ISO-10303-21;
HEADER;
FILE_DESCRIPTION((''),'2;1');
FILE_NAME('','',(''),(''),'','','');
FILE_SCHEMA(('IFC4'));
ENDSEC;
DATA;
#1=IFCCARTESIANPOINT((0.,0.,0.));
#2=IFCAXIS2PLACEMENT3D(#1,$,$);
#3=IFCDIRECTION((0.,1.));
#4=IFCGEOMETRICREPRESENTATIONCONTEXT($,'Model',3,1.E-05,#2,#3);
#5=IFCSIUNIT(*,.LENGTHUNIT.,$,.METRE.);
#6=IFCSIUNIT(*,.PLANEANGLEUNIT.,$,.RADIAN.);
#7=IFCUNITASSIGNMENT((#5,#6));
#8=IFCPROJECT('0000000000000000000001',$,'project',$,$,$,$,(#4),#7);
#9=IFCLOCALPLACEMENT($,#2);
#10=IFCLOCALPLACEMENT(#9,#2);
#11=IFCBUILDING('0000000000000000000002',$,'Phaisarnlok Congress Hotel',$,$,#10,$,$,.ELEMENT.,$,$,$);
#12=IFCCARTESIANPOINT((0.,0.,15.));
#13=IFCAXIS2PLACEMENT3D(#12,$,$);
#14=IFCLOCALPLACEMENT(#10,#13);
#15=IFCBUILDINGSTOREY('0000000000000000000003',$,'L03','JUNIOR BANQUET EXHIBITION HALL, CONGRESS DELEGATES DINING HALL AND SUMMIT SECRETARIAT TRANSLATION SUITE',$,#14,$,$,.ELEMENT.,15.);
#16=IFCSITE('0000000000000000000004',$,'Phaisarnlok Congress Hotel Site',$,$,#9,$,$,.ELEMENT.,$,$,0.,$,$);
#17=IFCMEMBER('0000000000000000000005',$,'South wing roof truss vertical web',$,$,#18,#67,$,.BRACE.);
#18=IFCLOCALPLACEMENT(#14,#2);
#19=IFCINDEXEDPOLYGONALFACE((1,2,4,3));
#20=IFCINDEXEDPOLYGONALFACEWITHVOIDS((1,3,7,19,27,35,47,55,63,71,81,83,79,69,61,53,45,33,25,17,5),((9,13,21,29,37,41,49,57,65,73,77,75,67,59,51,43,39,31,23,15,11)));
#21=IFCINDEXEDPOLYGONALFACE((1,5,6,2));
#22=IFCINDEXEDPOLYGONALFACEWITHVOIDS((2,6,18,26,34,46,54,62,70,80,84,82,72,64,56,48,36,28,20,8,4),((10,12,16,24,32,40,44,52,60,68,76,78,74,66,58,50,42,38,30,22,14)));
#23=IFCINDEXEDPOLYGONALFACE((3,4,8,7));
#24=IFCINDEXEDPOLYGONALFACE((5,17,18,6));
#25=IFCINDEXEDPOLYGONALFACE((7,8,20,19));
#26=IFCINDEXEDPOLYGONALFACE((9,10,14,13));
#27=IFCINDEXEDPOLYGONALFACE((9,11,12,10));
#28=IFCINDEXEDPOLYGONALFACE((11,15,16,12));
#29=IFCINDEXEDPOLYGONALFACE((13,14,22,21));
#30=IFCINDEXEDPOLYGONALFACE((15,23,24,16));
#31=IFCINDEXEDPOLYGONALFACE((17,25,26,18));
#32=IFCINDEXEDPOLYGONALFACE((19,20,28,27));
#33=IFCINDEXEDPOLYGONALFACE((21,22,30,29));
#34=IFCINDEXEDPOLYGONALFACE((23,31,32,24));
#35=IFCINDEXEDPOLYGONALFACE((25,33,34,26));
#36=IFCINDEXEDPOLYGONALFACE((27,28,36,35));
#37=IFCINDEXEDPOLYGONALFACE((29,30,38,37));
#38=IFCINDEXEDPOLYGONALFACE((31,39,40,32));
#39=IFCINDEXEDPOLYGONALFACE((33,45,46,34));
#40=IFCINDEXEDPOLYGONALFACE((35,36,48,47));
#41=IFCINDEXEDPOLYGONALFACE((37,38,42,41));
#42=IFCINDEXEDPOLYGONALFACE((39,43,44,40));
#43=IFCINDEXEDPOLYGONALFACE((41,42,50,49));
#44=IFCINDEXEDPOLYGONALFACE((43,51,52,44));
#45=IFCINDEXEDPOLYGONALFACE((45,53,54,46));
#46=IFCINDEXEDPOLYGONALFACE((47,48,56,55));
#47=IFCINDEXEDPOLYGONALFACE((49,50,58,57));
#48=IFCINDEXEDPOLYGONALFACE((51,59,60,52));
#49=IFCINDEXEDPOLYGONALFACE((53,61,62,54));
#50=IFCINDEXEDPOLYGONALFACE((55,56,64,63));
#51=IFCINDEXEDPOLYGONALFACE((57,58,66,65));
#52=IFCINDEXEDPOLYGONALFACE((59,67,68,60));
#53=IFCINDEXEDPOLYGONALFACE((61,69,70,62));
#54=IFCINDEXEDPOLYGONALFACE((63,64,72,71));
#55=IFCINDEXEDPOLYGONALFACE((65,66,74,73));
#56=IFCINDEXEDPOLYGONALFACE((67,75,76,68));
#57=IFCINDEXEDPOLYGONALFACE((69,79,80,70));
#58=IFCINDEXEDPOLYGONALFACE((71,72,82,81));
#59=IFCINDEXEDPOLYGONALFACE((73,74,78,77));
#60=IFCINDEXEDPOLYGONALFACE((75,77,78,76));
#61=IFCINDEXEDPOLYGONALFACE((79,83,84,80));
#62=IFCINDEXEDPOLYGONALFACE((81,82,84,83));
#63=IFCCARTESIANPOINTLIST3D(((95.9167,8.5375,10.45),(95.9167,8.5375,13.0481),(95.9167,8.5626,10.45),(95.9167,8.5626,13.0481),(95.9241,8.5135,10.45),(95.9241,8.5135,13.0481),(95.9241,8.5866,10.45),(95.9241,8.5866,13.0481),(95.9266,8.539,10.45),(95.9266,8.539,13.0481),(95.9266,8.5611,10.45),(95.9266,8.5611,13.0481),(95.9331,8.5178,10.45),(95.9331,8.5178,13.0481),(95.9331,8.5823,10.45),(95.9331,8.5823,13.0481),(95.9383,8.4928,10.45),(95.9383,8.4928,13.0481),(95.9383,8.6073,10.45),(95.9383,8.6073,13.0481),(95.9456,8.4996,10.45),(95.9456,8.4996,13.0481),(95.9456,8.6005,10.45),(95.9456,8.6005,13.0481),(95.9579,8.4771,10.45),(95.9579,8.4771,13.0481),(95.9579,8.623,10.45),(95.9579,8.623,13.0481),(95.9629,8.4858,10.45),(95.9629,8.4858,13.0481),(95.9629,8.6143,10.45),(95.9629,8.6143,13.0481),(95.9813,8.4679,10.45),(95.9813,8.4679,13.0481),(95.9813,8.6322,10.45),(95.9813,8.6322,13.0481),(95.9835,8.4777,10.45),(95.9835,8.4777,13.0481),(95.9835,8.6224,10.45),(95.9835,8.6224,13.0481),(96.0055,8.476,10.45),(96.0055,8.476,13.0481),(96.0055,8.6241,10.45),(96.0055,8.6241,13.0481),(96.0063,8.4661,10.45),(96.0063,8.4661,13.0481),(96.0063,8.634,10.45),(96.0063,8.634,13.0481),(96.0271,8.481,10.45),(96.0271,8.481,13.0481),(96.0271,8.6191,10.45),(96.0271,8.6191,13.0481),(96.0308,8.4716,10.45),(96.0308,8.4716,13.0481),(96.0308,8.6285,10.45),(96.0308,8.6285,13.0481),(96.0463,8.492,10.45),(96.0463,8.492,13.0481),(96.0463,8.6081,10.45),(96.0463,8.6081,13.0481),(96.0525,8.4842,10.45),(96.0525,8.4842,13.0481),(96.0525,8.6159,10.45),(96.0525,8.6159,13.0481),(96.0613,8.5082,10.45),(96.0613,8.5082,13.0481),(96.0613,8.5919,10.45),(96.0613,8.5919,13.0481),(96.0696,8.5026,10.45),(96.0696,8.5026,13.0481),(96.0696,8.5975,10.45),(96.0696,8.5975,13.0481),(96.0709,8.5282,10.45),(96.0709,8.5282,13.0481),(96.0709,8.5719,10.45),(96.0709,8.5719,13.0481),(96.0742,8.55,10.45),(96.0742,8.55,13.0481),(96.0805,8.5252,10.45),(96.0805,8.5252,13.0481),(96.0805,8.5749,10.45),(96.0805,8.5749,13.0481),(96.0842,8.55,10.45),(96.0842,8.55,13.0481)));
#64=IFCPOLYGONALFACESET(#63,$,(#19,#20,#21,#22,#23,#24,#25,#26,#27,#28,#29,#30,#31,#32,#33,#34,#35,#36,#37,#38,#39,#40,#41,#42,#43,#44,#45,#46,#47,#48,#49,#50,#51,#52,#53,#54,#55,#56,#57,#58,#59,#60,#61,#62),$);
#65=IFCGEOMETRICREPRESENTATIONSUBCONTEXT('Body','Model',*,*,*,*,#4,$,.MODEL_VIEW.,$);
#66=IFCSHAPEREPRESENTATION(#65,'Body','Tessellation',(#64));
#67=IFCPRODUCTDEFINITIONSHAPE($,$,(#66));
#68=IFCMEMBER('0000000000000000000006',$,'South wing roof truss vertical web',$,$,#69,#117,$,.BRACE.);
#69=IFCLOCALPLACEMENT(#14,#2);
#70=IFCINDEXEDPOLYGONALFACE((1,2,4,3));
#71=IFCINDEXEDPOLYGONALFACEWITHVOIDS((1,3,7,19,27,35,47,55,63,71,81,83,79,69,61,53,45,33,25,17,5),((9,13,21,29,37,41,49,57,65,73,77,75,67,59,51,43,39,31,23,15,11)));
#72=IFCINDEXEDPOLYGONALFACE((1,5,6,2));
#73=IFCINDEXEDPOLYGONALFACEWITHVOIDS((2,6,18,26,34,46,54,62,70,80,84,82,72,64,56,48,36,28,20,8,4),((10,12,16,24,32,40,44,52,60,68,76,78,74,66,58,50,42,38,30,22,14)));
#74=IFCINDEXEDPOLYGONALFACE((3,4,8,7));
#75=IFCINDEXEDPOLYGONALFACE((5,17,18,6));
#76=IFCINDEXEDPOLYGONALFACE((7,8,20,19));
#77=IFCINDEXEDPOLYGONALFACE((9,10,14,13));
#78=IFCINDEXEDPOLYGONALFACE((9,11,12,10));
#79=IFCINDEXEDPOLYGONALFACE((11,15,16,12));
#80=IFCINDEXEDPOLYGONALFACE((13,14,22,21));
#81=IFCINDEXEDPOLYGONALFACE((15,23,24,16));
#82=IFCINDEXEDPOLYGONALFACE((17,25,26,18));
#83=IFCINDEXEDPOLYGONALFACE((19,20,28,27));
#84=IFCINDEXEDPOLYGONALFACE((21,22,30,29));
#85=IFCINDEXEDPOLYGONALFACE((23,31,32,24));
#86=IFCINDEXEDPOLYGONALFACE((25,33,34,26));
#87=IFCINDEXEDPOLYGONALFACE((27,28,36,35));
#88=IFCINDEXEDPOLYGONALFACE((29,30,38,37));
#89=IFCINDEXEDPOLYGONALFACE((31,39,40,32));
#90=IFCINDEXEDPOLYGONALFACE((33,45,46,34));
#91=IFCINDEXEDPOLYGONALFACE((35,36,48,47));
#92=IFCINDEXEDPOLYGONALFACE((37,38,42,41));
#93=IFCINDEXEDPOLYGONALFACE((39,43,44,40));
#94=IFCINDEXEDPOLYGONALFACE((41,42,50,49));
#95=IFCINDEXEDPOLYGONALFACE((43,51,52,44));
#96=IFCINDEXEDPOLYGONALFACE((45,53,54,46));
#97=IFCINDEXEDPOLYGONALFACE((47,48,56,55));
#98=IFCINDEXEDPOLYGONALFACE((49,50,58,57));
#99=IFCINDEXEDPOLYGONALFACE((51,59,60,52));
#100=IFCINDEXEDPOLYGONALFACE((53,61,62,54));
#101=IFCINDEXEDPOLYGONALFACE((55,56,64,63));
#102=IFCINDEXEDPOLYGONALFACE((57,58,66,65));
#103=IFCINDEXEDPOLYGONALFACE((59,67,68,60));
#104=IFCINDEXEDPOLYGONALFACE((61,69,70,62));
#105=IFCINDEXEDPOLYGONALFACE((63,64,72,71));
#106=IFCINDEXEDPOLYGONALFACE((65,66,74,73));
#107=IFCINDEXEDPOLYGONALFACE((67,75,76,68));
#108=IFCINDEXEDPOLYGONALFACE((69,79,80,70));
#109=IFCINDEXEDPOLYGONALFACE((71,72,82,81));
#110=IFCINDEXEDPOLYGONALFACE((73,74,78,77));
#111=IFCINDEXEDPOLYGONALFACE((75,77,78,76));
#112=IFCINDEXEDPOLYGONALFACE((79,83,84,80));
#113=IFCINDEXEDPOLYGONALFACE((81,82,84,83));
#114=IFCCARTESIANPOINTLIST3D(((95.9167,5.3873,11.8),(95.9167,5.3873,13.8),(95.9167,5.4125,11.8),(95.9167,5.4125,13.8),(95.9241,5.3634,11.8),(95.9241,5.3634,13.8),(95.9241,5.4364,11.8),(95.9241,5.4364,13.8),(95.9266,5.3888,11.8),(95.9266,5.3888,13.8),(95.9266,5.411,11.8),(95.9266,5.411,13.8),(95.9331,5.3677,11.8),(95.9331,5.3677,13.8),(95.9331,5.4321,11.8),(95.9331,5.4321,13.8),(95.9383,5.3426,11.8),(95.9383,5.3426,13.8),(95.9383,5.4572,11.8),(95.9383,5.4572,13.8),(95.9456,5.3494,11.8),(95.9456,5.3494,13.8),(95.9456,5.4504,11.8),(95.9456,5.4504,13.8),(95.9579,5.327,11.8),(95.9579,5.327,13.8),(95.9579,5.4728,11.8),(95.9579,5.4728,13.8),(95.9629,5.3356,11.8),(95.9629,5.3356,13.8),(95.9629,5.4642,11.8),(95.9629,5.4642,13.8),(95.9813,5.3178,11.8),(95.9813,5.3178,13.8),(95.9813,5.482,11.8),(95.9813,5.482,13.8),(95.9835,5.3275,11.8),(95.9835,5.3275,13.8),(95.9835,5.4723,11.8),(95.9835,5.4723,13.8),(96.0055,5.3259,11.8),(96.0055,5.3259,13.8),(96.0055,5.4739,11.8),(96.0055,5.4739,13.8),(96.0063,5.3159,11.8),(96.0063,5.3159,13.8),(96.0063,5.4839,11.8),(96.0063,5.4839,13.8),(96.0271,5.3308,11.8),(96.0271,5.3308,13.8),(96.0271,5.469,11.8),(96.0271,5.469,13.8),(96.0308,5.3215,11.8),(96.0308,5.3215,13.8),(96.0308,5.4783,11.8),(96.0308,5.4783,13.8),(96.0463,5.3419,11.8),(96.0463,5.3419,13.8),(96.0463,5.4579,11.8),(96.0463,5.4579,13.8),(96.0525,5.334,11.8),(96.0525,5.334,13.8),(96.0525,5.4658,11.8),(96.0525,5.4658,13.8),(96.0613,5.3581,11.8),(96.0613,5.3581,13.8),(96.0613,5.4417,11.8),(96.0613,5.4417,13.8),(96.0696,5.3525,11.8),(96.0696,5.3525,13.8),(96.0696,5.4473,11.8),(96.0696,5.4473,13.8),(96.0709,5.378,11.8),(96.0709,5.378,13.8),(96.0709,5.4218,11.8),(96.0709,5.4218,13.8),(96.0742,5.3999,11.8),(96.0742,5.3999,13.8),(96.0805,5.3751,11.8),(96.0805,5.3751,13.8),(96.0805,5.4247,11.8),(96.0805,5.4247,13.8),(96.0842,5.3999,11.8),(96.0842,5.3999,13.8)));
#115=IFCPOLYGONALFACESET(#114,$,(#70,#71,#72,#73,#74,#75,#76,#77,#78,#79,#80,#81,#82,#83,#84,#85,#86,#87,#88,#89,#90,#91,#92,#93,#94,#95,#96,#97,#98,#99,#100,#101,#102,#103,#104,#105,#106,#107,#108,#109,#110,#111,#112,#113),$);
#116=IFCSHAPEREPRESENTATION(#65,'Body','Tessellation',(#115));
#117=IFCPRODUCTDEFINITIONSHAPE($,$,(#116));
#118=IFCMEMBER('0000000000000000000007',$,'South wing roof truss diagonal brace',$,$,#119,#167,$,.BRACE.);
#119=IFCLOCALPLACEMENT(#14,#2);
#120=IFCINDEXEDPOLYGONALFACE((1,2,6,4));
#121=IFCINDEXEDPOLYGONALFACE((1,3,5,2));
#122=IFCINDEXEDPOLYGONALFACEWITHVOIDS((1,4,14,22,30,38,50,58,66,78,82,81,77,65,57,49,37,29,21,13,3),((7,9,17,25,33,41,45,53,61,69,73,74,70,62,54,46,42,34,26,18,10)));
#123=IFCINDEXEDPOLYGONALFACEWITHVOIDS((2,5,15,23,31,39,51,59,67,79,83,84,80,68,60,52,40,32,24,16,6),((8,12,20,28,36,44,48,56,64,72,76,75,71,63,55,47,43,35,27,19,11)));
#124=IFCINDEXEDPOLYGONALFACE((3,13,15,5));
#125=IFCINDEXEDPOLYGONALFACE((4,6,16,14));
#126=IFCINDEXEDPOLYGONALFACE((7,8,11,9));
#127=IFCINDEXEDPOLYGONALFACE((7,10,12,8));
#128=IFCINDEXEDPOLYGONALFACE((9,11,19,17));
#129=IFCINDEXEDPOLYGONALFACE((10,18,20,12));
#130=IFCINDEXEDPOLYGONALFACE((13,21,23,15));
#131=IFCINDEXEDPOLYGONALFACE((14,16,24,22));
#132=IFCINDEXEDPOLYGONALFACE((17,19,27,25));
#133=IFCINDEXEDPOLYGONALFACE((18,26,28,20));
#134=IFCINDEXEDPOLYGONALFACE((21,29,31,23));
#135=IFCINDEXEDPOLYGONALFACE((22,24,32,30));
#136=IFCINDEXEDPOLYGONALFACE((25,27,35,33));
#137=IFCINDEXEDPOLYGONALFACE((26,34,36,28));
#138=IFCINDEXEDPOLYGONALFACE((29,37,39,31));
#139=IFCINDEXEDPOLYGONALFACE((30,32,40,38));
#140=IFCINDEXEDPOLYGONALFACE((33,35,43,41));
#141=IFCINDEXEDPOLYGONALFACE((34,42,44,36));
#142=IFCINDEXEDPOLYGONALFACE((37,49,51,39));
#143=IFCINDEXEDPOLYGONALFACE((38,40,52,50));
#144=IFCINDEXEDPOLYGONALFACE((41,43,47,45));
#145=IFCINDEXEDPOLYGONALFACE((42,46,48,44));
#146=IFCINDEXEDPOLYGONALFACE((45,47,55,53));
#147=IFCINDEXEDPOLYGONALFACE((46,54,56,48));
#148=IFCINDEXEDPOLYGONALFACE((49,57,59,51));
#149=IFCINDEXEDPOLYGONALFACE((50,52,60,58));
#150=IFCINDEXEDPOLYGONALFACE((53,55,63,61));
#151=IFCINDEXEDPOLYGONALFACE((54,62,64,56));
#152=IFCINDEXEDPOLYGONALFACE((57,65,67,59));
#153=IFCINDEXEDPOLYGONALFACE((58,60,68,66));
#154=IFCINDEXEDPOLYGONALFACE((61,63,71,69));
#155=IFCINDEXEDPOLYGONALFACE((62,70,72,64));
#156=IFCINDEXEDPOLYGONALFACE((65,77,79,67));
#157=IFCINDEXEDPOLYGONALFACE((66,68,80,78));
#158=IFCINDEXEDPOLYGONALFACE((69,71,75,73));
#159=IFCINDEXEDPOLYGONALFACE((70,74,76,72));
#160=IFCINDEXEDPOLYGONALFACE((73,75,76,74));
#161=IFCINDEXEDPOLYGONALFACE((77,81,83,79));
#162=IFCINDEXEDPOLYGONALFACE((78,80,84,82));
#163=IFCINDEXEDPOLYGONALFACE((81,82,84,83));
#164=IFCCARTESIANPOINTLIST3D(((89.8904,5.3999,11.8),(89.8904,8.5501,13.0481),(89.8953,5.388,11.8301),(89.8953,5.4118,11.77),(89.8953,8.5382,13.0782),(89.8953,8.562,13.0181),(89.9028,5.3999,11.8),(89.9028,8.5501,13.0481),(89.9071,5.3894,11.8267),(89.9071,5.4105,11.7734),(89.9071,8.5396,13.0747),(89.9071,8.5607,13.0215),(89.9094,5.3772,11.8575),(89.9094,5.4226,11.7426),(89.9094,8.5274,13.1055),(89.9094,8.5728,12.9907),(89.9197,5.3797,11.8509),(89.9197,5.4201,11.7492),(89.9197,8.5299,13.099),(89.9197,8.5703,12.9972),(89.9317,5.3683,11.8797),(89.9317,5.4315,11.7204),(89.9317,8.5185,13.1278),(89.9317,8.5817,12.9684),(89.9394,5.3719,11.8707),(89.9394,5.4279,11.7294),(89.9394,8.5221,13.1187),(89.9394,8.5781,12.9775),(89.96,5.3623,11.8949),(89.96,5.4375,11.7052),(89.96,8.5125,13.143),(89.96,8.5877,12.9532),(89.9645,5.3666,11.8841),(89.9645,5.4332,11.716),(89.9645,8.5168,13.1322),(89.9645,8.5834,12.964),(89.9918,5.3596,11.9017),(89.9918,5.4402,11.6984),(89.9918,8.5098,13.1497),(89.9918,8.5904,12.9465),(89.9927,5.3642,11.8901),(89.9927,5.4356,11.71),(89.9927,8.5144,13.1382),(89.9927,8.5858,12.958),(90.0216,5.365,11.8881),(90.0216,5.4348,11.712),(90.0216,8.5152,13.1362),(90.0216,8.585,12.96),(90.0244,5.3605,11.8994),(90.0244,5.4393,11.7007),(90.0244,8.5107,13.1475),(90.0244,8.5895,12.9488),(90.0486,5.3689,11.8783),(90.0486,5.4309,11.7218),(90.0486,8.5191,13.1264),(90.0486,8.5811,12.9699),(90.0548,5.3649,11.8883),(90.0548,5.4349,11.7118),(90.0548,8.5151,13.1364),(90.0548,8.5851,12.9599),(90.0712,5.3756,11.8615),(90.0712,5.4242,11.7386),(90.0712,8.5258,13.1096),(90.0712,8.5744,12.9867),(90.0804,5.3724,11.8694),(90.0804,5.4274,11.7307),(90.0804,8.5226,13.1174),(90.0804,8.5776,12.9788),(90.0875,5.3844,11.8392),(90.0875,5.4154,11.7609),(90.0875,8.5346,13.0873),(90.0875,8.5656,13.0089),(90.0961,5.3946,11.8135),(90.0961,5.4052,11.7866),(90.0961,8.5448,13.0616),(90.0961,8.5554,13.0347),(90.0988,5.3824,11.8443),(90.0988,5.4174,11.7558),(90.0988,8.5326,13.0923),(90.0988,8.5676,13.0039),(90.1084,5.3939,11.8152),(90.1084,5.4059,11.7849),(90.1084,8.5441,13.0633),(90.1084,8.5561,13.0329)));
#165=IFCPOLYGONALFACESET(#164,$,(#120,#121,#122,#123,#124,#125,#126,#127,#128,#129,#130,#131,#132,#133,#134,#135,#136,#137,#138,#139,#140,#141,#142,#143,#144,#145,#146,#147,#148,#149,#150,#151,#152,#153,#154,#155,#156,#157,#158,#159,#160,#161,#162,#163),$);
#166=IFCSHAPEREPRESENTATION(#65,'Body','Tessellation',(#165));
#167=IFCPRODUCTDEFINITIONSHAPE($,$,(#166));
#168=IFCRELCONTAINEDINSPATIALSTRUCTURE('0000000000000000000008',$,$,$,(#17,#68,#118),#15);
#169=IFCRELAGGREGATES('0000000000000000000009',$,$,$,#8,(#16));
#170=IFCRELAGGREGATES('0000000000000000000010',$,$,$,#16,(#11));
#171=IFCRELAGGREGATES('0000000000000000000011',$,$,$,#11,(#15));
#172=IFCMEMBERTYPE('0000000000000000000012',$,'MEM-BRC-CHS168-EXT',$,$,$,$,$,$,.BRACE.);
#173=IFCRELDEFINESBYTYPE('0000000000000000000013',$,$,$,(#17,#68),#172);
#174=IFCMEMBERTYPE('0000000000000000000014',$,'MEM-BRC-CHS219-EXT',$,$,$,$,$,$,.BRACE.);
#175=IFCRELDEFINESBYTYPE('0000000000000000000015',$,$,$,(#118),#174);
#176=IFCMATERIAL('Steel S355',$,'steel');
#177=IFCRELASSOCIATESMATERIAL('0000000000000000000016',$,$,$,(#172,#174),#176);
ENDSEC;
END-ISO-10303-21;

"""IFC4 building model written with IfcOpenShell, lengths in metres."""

from ifc_helpers import new_model, si_unit, direction, frame, origin, origin_2d, place, context, subcontext, project, spatial, hollow_circle, extrude, material, material_profile, profile_set, type_object, element, save


model = new_model("IFC4")

# Units and contexts
model_context = context("Model", 3, precision=1e-05, world=origin(), true_north=direction((0.0, 1.0)))
body_context = subcontext(model_context, "Body", "Model", "MODEL_VIEW")
ifc_project = project(units=[si_unit("LENGTHUNIT", "METRE"), si_unit("PLANEANGLEUNIT", "RADIAN")], contexts=[model_context])

# Site, building, storey
site_placement = place(None, origin())
site = spatial("IfcSite", under=ifc_project, at=site_placement, Name="Phaisarnlok Congress Hotel Site", CompositionType="ELEMENT", RefElevation=0.0)
building_placement = place(site_placement, origin())
building = spatial("IfcBuilding", under=site, at=building_placement, Name="Phaisarnlok Congress Hotel", CompositionType="ELEMENT")
storey_placement = place(building_placement, frame((0.0, 0.0, 15.0)))
storey = spatial("IfcBuildingStorey", under=building, at=storey_placement, Name="L03", Description="JUNIOR BANQUET EXHIBITION HALL, CONGRESS DELEGATES DINING HALL AND SUMMIT SECRETARIAT TRANSLATION SUITE", CompositionType="ELEMENT", Elevation=15.0)

# Shared definitions
ifc_material = material(Name="Steel S355", Category="steel")

# Members
ifc_material_profile_1 = material_profile(ifc_material, hollow_circle(Radius=0.0842, WallThickness=0.01, at=origin_2d()), Name="CHS 168.3x10")
ifc_profile_set_1 = profile_set([ifc_material_profile_1], Name="Steel S355")
member_type_1 = type_object("IfcMemberType", Name="MEM-BRC-CHS168-EXT", PredefinedType="BRACE", material=ifc_profile_set_1)
member_1_placement = place(storey_placement, frame((96.0, 8.55, 10.45), z_axis=(0.0, 0.0, 1.0), x_axis=(1.0, 0.0, 0.0)))
element("IfcMember", 1, at=member_1_placement, inside=storey, type_object=member_type_1, Name="South wing roof truss vertical web", PredefinedType="BRACE", context=body_context, shape_type="SweptSolid", body=[
    extrude(hollow_circle(Radius=0.0842, WallThickness=0.01, at=origin_2d()), origin(), (0.0, 0.0, 1.0), 2.5981),
])
member_2_placement = place(storey_placement, frame((96.0, 5.3999, 11.8), z_axis=(0.0, 0.0, 1.0), x_axis=(1.0, 0.0, 0.0)))
element("IfcMember", 2, at=member_2_placement, inside=storey, type_object=member_type_1, Name="South wing roof truss vertical web", PredefinedType="BRACE", context=body_context, shape_type="SweptSolid", body=[
    extrude(hollow_circle(Radius=0.0842, WallThickness=0.01, at=origin_2d()), origin(), (0.0, 0.0, 1.0), 2.0),
])
ifc_material_profile_2 = material_profile(ifc_material, hollow_circle(Radius=0.1096, WallThickness=0.0125, at=origin_2d()), Name="CHS 219.1x12.5")
ifc_profile_set_2 = profile_set([ifc_material_profile_2], Name="Steel S355")
member_type_2 = type_object("IfcMemberType", Name="MEM-BRC-CHS219-EXT", PredefinedType="BRACE", material=ifc_profile_set_2)
for number, where, z_axis, x_axis, name in (
    (3, (90.0, 5.3999, 11.8), (0.0, 0.929694, 0.368333), (-1.0, 0.0, 0.0), "South wing roof truss diagonal brace"),
):
    element("IfcMember", number, at=place(storey_placement, frame(where, z_axis=z_axis, x_axis=x_axis)), inside=storey, type_object=member_type_2, Name=name, PredefinedType="BRACE", context=body_context, shape_type="SweptSolid", body=[
        extrude(hollow_circle(Radius=0.1096, WallThickness=0.0125, at=origin_2d()), origin(), (0.0, 0.0, 1.0), 3.3884),
    ])

save(model, "model.ifc")
